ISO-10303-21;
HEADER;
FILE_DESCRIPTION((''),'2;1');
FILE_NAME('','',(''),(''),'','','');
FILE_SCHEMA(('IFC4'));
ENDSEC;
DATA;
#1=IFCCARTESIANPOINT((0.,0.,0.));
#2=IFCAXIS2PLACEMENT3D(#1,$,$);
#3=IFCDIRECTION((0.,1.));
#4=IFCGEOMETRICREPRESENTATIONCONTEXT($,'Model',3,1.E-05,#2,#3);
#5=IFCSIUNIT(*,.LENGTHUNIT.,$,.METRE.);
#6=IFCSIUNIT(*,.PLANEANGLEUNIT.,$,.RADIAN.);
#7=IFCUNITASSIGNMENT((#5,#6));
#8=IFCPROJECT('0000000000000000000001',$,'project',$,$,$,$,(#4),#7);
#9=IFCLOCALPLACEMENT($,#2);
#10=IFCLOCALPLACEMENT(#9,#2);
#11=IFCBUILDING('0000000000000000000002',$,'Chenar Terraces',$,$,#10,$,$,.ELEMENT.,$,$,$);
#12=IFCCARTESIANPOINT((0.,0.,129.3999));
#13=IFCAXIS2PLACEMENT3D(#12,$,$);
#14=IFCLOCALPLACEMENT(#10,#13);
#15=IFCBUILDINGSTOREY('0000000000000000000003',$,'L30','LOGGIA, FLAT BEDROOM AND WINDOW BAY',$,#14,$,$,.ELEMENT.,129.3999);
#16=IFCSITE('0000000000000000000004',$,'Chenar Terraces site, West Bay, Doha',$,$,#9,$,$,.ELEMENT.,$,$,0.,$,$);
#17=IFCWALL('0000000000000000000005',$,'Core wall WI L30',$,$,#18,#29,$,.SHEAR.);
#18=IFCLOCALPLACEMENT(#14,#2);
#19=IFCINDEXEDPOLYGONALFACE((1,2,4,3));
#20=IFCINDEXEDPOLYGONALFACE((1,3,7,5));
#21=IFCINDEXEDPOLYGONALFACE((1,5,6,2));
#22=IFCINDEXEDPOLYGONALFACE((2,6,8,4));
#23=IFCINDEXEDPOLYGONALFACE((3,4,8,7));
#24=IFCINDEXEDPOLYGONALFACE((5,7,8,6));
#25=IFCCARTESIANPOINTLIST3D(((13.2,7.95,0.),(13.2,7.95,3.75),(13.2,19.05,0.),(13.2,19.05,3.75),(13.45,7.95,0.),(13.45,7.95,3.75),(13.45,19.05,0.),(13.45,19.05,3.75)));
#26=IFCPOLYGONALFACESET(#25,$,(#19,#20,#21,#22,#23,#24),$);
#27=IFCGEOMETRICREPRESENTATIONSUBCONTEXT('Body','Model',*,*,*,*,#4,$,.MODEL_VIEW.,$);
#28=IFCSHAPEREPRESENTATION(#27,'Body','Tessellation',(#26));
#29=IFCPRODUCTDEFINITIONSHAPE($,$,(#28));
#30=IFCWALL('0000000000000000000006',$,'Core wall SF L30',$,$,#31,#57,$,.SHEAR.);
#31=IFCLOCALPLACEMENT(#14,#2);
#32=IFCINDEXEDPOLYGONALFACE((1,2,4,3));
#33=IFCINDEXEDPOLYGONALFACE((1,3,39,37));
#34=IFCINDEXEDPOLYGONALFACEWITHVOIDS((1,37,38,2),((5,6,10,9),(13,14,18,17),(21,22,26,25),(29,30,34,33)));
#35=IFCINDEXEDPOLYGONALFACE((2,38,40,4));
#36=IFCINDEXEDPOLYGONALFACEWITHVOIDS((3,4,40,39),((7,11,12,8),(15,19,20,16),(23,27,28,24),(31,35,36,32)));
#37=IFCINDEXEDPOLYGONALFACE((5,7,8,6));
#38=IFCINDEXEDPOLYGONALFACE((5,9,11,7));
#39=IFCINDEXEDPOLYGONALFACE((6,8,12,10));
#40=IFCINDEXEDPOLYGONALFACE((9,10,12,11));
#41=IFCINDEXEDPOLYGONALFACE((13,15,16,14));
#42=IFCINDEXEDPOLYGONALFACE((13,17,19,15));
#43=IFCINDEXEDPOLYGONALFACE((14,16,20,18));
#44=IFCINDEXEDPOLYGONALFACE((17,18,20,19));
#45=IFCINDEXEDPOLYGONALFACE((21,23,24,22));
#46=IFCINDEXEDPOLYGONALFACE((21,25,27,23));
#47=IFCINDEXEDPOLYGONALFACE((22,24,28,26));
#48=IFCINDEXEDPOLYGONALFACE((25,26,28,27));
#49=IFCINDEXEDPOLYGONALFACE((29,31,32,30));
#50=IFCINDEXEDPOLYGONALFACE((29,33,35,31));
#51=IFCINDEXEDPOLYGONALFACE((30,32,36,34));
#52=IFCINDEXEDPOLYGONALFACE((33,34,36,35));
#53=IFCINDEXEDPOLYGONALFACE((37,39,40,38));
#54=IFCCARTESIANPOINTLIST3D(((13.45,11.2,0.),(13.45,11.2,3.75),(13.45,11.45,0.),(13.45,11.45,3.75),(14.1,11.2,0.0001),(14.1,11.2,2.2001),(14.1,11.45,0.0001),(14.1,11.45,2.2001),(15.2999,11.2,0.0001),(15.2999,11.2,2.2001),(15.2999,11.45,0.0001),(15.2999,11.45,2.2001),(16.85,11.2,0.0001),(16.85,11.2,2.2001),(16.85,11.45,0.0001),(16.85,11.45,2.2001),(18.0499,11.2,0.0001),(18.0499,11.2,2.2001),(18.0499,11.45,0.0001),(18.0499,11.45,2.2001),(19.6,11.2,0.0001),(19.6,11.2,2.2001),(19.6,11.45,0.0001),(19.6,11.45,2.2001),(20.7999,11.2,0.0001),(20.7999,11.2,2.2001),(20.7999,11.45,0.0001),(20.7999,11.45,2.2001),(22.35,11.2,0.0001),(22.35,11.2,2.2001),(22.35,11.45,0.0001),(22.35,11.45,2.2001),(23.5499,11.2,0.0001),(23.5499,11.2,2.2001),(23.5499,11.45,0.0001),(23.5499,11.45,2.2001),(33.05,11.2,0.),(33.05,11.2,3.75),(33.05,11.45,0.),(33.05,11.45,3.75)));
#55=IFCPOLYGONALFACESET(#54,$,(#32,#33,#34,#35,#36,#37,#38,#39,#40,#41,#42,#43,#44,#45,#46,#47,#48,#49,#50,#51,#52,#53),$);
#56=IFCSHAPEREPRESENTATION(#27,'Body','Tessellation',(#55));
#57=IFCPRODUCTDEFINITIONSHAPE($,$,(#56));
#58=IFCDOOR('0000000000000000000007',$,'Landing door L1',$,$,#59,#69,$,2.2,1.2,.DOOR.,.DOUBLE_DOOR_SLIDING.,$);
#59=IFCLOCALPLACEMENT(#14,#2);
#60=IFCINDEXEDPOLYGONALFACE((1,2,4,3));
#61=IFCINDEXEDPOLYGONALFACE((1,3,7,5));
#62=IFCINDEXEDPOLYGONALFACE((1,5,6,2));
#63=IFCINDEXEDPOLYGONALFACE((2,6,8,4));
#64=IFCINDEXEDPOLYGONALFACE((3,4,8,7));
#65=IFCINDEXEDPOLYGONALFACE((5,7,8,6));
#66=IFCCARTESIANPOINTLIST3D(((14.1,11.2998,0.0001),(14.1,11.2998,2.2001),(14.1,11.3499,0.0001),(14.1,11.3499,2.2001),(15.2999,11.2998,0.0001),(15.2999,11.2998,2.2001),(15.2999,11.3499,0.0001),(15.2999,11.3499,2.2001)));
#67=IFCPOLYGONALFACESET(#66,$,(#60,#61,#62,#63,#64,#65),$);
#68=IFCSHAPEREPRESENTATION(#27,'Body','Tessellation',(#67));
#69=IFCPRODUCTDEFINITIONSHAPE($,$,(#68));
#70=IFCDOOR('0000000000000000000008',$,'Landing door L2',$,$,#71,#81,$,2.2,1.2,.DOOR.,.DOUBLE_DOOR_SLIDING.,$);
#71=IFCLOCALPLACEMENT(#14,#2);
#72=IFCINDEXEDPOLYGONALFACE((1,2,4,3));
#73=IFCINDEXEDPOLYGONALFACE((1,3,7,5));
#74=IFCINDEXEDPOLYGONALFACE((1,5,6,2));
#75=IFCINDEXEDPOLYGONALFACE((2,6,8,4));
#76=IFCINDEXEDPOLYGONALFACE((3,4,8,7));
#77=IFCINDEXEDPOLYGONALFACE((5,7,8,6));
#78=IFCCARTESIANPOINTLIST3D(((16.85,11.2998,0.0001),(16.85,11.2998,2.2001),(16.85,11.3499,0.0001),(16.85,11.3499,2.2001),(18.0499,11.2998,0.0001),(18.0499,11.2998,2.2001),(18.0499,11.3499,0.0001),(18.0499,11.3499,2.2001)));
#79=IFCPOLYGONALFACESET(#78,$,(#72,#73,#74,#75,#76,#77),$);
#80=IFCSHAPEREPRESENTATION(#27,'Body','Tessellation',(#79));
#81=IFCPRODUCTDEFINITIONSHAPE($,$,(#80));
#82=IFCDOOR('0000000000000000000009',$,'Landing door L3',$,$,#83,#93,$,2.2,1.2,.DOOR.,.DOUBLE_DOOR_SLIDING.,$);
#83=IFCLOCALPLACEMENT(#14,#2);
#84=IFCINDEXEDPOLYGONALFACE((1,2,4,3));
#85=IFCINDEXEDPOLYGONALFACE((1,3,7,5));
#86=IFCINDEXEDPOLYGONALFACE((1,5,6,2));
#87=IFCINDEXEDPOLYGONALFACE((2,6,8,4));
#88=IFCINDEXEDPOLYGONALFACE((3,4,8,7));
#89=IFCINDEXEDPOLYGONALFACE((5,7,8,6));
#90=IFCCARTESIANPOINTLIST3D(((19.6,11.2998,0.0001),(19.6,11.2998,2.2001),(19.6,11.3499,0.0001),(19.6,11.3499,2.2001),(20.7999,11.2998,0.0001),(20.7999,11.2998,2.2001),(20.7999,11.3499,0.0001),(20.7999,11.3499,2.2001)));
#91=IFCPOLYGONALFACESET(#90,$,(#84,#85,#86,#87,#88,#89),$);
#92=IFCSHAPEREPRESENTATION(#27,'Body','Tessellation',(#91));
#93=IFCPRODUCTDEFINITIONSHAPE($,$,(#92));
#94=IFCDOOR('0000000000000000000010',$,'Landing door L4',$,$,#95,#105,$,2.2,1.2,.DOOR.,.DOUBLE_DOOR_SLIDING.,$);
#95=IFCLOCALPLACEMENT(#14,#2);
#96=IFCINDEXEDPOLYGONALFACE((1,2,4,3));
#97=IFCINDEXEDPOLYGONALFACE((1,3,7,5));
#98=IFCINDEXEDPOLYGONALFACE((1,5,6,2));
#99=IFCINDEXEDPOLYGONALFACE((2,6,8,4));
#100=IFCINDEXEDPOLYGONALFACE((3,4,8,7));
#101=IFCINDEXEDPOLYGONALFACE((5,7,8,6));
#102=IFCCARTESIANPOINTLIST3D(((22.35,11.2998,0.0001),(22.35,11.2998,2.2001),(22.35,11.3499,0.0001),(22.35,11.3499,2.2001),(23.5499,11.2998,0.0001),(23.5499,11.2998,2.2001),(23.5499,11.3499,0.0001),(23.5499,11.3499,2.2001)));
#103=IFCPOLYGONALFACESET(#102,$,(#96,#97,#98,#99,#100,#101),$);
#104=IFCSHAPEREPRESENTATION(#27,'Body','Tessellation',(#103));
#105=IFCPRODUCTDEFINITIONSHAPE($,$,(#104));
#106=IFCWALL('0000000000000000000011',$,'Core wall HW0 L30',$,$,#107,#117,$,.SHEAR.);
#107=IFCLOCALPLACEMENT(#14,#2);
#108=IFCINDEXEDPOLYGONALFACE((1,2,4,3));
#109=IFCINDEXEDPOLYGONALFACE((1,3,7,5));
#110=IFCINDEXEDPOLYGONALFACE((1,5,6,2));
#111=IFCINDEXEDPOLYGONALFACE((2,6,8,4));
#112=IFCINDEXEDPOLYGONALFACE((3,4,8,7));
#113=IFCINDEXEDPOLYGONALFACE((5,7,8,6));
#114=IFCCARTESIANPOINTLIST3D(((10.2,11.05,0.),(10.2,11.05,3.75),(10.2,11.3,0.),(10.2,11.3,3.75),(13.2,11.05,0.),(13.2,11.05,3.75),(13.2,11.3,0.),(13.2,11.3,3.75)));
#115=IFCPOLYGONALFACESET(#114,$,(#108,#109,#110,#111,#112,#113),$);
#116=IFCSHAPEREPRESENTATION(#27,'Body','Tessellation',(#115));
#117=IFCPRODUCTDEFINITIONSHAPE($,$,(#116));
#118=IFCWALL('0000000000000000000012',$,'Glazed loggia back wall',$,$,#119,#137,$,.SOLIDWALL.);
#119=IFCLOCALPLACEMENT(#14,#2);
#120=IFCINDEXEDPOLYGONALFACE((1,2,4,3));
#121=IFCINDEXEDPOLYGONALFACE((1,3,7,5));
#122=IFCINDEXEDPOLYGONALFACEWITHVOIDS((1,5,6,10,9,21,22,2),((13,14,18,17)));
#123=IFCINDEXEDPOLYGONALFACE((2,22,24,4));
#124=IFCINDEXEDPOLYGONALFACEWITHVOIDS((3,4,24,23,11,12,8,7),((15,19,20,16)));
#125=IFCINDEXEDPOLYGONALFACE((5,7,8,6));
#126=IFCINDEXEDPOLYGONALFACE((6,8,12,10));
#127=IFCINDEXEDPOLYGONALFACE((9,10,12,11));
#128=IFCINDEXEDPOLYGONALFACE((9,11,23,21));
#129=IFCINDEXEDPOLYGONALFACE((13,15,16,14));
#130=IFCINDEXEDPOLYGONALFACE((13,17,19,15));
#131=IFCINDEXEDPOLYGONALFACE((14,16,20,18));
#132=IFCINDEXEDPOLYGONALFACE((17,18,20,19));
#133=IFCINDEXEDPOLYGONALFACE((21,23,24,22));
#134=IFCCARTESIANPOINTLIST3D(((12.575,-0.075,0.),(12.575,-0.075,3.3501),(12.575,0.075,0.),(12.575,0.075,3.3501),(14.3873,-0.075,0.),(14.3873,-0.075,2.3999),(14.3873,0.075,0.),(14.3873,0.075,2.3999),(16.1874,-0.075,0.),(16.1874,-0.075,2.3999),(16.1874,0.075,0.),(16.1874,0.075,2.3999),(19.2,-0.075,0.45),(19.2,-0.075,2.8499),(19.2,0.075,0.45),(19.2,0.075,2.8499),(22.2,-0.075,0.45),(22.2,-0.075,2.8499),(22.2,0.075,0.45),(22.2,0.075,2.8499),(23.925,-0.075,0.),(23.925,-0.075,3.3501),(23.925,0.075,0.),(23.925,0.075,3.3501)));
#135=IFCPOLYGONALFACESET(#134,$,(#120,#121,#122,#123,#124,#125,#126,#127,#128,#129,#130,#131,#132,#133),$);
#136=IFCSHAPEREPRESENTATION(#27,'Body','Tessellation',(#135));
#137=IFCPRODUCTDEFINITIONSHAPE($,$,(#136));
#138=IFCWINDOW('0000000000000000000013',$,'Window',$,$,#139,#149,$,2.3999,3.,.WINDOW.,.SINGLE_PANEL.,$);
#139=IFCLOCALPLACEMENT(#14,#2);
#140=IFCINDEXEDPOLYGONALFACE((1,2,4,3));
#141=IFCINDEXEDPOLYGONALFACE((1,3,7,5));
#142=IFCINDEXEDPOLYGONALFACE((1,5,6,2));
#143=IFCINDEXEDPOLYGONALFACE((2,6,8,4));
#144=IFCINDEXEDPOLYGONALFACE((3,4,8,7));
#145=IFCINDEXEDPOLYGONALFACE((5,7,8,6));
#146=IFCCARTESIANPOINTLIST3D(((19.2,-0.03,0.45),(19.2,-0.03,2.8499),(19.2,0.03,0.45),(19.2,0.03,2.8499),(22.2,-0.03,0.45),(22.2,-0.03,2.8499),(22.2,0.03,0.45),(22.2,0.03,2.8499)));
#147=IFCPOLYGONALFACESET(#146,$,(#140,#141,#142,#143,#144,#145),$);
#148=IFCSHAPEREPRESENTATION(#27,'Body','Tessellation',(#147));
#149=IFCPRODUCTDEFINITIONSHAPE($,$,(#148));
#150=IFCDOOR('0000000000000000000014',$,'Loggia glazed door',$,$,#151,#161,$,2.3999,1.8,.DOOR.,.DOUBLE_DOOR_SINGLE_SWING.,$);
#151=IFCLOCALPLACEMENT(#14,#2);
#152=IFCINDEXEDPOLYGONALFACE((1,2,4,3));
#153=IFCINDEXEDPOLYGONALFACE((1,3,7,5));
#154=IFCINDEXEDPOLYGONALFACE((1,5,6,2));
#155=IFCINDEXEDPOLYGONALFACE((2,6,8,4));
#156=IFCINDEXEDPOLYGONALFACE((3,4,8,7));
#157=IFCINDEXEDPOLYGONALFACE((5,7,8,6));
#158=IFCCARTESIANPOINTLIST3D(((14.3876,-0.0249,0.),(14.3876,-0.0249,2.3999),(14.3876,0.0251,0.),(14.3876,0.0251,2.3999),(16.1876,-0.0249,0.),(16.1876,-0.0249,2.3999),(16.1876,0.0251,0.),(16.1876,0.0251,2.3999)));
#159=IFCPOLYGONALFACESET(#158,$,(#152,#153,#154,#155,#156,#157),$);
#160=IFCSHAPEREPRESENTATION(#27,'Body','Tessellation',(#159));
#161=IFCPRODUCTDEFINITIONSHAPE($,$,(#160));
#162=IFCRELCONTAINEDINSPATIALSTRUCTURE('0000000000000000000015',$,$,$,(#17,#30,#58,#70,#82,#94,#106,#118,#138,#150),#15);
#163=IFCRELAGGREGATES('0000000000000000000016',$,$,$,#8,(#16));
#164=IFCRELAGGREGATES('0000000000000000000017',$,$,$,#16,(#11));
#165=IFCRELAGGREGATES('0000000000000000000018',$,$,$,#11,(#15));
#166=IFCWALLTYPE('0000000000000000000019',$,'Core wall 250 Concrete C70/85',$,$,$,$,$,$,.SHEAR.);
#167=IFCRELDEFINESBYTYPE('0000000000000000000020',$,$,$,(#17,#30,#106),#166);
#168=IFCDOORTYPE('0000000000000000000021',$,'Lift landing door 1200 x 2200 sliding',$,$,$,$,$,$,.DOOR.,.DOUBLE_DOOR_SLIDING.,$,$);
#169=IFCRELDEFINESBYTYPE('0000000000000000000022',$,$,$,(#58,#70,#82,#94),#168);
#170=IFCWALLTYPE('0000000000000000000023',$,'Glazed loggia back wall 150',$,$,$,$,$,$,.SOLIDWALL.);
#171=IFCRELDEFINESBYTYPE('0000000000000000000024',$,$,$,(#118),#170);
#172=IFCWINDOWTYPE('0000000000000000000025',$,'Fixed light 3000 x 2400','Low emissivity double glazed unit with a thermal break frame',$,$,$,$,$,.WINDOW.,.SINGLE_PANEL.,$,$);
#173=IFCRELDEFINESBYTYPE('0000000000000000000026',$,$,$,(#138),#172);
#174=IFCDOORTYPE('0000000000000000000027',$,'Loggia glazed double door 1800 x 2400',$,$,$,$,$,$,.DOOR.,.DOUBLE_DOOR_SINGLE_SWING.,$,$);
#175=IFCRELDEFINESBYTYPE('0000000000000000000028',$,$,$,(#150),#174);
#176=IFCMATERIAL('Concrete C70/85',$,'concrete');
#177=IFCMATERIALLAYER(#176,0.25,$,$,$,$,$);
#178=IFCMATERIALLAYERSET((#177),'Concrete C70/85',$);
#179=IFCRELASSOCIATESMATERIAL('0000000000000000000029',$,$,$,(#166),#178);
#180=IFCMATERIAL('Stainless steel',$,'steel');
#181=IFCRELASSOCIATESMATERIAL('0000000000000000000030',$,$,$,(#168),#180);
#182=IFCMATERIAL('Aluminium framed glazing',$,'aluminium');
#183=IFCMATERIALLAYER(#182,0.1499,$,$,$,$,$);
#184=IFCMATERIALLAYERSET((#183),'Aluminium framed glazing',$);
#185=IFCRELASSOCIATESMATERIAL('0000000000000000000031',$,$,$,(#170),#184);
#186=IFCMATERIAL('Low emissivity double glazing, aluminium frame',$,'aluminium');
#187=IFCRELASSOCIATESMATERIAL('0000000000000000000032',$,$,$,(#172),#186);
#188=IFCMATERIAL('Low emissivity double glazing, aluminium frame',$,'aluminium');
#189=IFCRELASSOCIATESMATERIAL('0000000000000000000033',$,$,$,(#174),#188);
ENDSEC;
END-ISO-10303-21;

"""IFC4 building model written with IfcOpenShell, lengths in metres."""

from ifc_helpers import new_model, si_unit, direction, frame, frame_2d, origin, place, context, subcontext, project, spatial, rectangle, extrude, material, layer, layer_set, type_object, element, fill, save


model = new_model("IFC4")

# Units and contexts
model_context = context("Model", 3, precision=1e-05, world=origin(), true_north=direction((0.0, 1.0)))
body_context = subcontext(model_context, "Body", "Model", "MODEL_VIEW")
ifc_project = project(units=[si_unit("LENGTHUNIT", "METRE"), si_unit("PLANEANGLEUNIT", "RADIAN")], contexts=[model_context])

# Site, building, storey
site_placement = place(None, origin())
site = spatial("IfcSite", under=ifc_project, at=site_placement, Name="Chenar Terraces site, West Bay, Doha", CompositionType="ELEMENT", RefElevation=0.0)
building_placement = place(site_placement, origin())
building = spatial("IfcBuilding", under=site, at=building_placement, Name="Chenar Terraces", CompositionType="ELEMENT")
storey_placement = place(building_placement, frame((0.0, 0.0, 129.3999)))
storey = spatial("IfcBuildingStorey", under=building, at=storey_placement, Name="L30", Description="LOGGIA, FLAT BEDROOM AND WINDOW BAY", CompositionType="ELEMENT", Elevation=129.3999)

# Wall
ifc_material_1 = material(Name="Concrete C70/85", Category="concrete")
ifc_layer_1 = layer(ifc_material_1, 0.25)
ifc_layer_set_1 = layer_set([ifc_layer_1], Name="Concrete C70/85")
wall_type_1 = type_object("IfcWallType", Name="Core wall 250 Concrete C70/85", PredefinedType="SHEAR", material=ifc_layer_set_1)
wall_1_placement = place(storey_placement, frame((13.325, 7.95, 0.0), z_axis=(0.0, 0.0, 1.0), x_axis=(0.0, 1.0, 0.0)))
element("IfcWall", 1, at=wall_1_placement, inside=storey, type_object=wall_type_1, Name="Core wall WI L30", PredefinedType="SHEAR", context=body_context, shape_type="SweptSolid", body=[
    extrude(rectangle(XDim=11.1001, YDim=0.25, at=frame_2d((5.55, 0.0))), origin(), (0.0, 0.0, 1.0), 3.75),
])

# Wall, openings, doors
wall_2_placement = place(storey_placement, frame((13.45, 11.325, 0.0), z_axis=(0.0, 0.0, 1.0), x_axis=(1.0, 0.0, 0.0)))
wall_2 = element("IfcWall", 2, at=wall_2_placement, inside=storey, type_object=wall_type_1, Name="Core wall SF L30", PredefinedType="SHEAR", context=body_context, shape_type="SweptSolid", body=[
    extrude(rectangle(XDim=19.6001, YDim=0.25, at=frame_2d((9.8, 0.0))), origin(), (0.0, 0.0, 1.0), 3.75),
])
opening_1_placement = place(wall_2_placement, frame((0.6499, 0.0, 0.0)))
opening_1 = element("IfcOpeningElement", 3, at=opening_1_placement, cuts=wall_2, PredefinedType="OPENING", context=body_context, shape_type="SweptSolid", body=[
    extrude(rectangle(XDim=1.2, YDim=2.2, at=frame_2d((0.6001, 1.1001))), frame((0.0, 0.135, 0.0), z_axis=(0.0, -1.0, 0.0), x_axis=(1.0, 0.0, 0.0)), (0.0, 0.0, 1.0), 0.27),
])
opening_2_placement = place(wall_2_placement, frame((3.3999, 0.0, 0.0)))
opening_2 = element("IfcOpeningElement", 4, at=opening_2_placement, cuts=wall_2, PredefinedType="OPENING", context=body_context, shape_type="SweptSolid", body=[
    extrude(rectangle(XDim=1.2, YDim=2.2, at=frame_2d((0.6001, 1.1001))), frame((0.0, 0.135, 0.0), z_axis=(0.0, -1.0, 0.0), x_axis=(1.0, 0.0, 0.0)), (0.0, 0.0, 1.0), 0.27),
])
opening_3_placement = place(wall_2_placement, frame((6.1499, 0.0, 0.0)))
opening_3 = element("IfcOpeningElement", 5, at=opening_3_placement, cuts=wall_2, PredefinedType="OPENING", context=body_context, shape_type="SweptSolid", body=[
    extrude(rectangle(XDim=1.2, YDim=2.2, at=frame_2d((0.6001, 1.1001))), frame((0.0, 0.135, 0.0), z_axis=(0.0, -1.0, 0.0), x_axis=(1.0, 0.0, 0.0)), (0.0, 0.0, 1.0), 0.27),
])
opening_4_placement = place(wall_2_placement, frame((8.8999, 0.0, 0.0)))
opening_4 = element("IfcOpeningElement", 6, at=opening_4_placement, cuts=wall_2, PredefinedType="OPENING", context=body_context, shape_type="SweptSolid", body=[
    extrude(rectangle(XDim=1.2, YDim=2.2, at=frame_2d((0.6001, 1.1001))), frame((0.0, 0.135, 0.0), z_axis=(0.0, -1.0, 0.0), x_axis=(1.0, 0.0, 0.0)), (0.0, 0.0, 1.0), 0.27),
])
ifc_material_2 = material(Name="Stainless steel", Category="steel")
door_type_1 = type_object("IfcDoorType", Name="Lift landing door 1200 x 2200 sliding", OperationType="DOUBLE_DOOR_SLIDING", PredefinedType="DOOR", material=ifc_material_2)
door_1_placement = place(opening_1_placement, origin())
door_1 = element("IfcDoor", 7, at=door_1_placement, inside=storey, type_object=door_type_1, Name="Landing door L1", OperationType="DOUBLE_DOOR_SLIDING", OverallHeight=2.2, OverallWidth=1.2, PredefinedType="DOOR", context=body_context, shape_type="SweptSolid", body=[
    extrude(rectangle(XDim=1.2, YDim=2.2, at=frame_2d((0.6001, 1.1001))), frame((0.0, 0.0249, 0.0), z_axis=(0.0, -1.0, 0.0), x_axis=(1.0, 0.0, 0.0)), (0.0, 0.0, 1.0), 0.05),
])
fill(opening_1, door_1)
door_2_placement = place(opening_2_placement, origin())
door_2 = element("IfcDoor", 8, at=door_2_placement, inside=storey, type_object=door_type_1, Name="Landing door L2", OperationType="DOUBLE_DOOR_SLIDING", OverallHeight=2.2, OverallWidth=1.2, PredefinedType="DOOR", context=body_context, shape_type="SweptSolid", body=[
    extrude(rectangle(XDim=1.2, YDim=2.2, at=frame_2d((0.6001, 1.1001))), frame((0.0, 0.0249, 0.0), z_axis=(0.0, -1.0, 0.0), x_axis=(1.0, 0.0, 0.0)), (0.0, 0.0, 1.0), 0.05),
])
fill(opening_2, door_2)
door_3_placement = place(opening_3_placement, origin())
door_3 = element("IfcDoor", 9, at=door_3_placement, inside=storey, type_object=door_type_1, Name="Landing door L3", OperationType="DOUBLE_DOOR_SLIDING", OverallHeight=2.2, OverallWidth=1.2, PredefinedType="DOOR", context=body_context, shape_type="SweptSolid", body=[
    extrude(rectangle(XDim=1.2, YDim=2.2, at=frame_2d((0.6001, 1.1001))), frame((0.0, 0.0249, 0.0), z_axis=(0.0, -1.0, 0.0), x_axis=(1.0, 0.0, 0.0)), (0.0, 0.0, 1.0), 0.05),
])
fill(opening_3, door_3)
door_4_placement = place(opening_4_placement, origin())
door_4 = element("IfcDoor", 10, at=door_4_placement, inside=storey, type_object=door_type_1, Name="Landing door L4", OperationType="DOUBLE_DOOR_SLIDING", OverallHeight=2.2, OverallWidth=1.2, PredefinedType="DOOR", context=body_context, shape_type="SweptSolid", body=[
    extrude(rectangle(XDim=1.2, YDim=2.2, at=frame_2d((0.6001, 1.1001))), frame((0.0, 0.0249, 0.0), z_axis=(0.0, -1.0, 0.0), x_axis=(1.0, 0.0, 0.0)), (0.0, 0.0, 1.0), 0.05),
])
fill(opening_4, door_4)

# Wall
wall_3_placement = place(storey_placement, frame((10.2, 11.175, 0.0), z_axis=(0.0, 0.0, 1.0), x_axis=(1.0, 0.0, 0.0)))
element("IfcWall", 11, at=wall_3_placement, inside=storey, type_object=wall_type_1, Name="Core wall HW0 L30", PredefinedType="SHEAR", context=body_context, shape_type="SweptSolid", body=[
    extrude(rectangle(XDim=3.0, YDim=0.25, at=frame_2d((1.5, 0.0))), origin(), (0.0, 0.0, 1.0), 3.75),
])

# Wall, openings, window, door
ifc_material_3 = material(Name="Aluminium framed glazing", Category="aluminium")
ifc_layer_2 = layer(ifc_material_3, 0.1499)
ifc_layer_set_2 = layer_set([ifc_layer_2], Name="Aluminium framed glazing")
wall_type_2 = type_object("IfcWallType", Name="Glazed loggia back wall 150", PredefinedType="SOLIDWALL", material=ifc_layer_set_2)
wall_4_placement = place(storey_placement, frame((12.575, 0.0, 0.0), z_axis=(0.0, 0.0, 1.0), x_axis=(1.0, 0.0, 0.0)))
wall_4 = element("IfcWall", 12, at=wall_4_placement, inside=storey, type_object=wall_type_2, Name="Glazed loggia back wall", PredefinedType="SOLIDWALL", context=body_context, shape_type="SweptSolid", body=[
    extrude(rectangle(XDim=11.3501, YDim=0.1499, at=frame_2d((5.675, 0.0))), origin(), (0.0, 0.0, 1.0), 3.3501),
])
opening_5_placement = place(wall_4_placement, frame((1.8125, 0.0, 0.0)))
opening_5 = element("IfcOpeningElement", 13, at=opening_5_placement, cuts=wall_4, PredefinedType="OPENING", context=body_context, shape_type="SweptSolid", body=[
    extrude(rectangle(XDim=1.8, YDim=2.3999, at=frame_2d((0.8999, 1.2))), frame((0.0, 0.085, 0.0), z_axis=(0.0, -1.0, 0.0), x_axis=(1.0, 0.0, 0.0)), (0.0, 0.0, 1.0), 0.1699),
])
opening_6_placement = place(wall_4_placement, frame((6.625, 0.0, 0.45)))
opening_6 = element("IfcOpeningElement", 14, at=opening_6_placement, cuts=wall_4, PredefinedType="OPENING", context=body_context, shape_type="SweptSolid", body=[
    extrude(rectangle(XDim=3.0, YDim=2.3999, at=frame_2d((1.5, 1.2))), frame((0.0, 0.085, 0.0), z_axis=(0.0, -1.0, 0.0), x_axis=(1.0, 0.0, 0.0)), (0.0, 0.0, 1.0), 0.1699),
])
ifc_material_4 = material(Name="Low emissivity double glazing, aluminium frame", Category="aluminium")
window_type = type_object("IfcWindowType", Name="Fixed light 3000 x 2400", Description="Low emissivity double glazed unit with a thermal break frame", PartitioningType="SINGLE_PANEL", PredefinedType="WINDOW", material=ifc_material_4)
window_placement = place(opening_6_placement, origin())
window = element("IfcWindow", 15, at=window_placement, inside=storey, type_object=window_type, Name="Window", OverallHeight=2.3999, OverallWidth=3.0, PartitioningType="SINGLE_PANEL", PredefinedType="WINDOW", context=body_context, shape_type="SweptSolid", body=[
    extrude(rectangle(XDim=3.0, YDim=2.3999, at=frame_2d((1.5, 1.2))), frame((0.0, 0.03, 0.0), z_axis=(0.0, -1.0, 0.0), x_axis=(1.0, 0.0, 0.0)), (0.0, 0.0, 1.0), 0.0601),
])
fill(opening_6, window)
ifc_material_5 = material(Name="Low emissivity double glazing, aluminium frame", Category="aluminium")
door_type_2 = type_object("IfcDoorType", Name="Loggia glazed double door 1800 x 2400", OperationType="DOUBLE_DOOR_SINGLE_SWING", PredefinedType="DOOR", material=ifc_material_5)
door_5_placement = place(opening_5_placement, frame((1.8, 0.0, 0.0), z_axis=(0.0, 0.0, 1.0), x_axis=(-1.0, 0.0, 0.0)))
door_5 = element("IfcDoor", 16, at=door_5_placement, inside=storey, type_object=door_type_2, Name="Loggia glazed door", OperationType="DOUBLE_DOOR_SINGLE_SWING", OverallHeight=2.3999, OverallWidth=1.8, PredefinedType="DOOR", context=body_context, shape_type="SweptSolid", body=[
    extrude(rectangle(XDim=1.8, YDim=2.3999, at=frame_2d((0.8999, 1.2))), frame((0.0, 0.0249, 0.0), z_axis=(0.0, -1.0, 0.0), x_axis=(1.0, 0.0, 0.0)), (0.0, 0.0, 1.0), 0.05),
])
fill(opening_5, door_5)

save(model, "model.ifc")
